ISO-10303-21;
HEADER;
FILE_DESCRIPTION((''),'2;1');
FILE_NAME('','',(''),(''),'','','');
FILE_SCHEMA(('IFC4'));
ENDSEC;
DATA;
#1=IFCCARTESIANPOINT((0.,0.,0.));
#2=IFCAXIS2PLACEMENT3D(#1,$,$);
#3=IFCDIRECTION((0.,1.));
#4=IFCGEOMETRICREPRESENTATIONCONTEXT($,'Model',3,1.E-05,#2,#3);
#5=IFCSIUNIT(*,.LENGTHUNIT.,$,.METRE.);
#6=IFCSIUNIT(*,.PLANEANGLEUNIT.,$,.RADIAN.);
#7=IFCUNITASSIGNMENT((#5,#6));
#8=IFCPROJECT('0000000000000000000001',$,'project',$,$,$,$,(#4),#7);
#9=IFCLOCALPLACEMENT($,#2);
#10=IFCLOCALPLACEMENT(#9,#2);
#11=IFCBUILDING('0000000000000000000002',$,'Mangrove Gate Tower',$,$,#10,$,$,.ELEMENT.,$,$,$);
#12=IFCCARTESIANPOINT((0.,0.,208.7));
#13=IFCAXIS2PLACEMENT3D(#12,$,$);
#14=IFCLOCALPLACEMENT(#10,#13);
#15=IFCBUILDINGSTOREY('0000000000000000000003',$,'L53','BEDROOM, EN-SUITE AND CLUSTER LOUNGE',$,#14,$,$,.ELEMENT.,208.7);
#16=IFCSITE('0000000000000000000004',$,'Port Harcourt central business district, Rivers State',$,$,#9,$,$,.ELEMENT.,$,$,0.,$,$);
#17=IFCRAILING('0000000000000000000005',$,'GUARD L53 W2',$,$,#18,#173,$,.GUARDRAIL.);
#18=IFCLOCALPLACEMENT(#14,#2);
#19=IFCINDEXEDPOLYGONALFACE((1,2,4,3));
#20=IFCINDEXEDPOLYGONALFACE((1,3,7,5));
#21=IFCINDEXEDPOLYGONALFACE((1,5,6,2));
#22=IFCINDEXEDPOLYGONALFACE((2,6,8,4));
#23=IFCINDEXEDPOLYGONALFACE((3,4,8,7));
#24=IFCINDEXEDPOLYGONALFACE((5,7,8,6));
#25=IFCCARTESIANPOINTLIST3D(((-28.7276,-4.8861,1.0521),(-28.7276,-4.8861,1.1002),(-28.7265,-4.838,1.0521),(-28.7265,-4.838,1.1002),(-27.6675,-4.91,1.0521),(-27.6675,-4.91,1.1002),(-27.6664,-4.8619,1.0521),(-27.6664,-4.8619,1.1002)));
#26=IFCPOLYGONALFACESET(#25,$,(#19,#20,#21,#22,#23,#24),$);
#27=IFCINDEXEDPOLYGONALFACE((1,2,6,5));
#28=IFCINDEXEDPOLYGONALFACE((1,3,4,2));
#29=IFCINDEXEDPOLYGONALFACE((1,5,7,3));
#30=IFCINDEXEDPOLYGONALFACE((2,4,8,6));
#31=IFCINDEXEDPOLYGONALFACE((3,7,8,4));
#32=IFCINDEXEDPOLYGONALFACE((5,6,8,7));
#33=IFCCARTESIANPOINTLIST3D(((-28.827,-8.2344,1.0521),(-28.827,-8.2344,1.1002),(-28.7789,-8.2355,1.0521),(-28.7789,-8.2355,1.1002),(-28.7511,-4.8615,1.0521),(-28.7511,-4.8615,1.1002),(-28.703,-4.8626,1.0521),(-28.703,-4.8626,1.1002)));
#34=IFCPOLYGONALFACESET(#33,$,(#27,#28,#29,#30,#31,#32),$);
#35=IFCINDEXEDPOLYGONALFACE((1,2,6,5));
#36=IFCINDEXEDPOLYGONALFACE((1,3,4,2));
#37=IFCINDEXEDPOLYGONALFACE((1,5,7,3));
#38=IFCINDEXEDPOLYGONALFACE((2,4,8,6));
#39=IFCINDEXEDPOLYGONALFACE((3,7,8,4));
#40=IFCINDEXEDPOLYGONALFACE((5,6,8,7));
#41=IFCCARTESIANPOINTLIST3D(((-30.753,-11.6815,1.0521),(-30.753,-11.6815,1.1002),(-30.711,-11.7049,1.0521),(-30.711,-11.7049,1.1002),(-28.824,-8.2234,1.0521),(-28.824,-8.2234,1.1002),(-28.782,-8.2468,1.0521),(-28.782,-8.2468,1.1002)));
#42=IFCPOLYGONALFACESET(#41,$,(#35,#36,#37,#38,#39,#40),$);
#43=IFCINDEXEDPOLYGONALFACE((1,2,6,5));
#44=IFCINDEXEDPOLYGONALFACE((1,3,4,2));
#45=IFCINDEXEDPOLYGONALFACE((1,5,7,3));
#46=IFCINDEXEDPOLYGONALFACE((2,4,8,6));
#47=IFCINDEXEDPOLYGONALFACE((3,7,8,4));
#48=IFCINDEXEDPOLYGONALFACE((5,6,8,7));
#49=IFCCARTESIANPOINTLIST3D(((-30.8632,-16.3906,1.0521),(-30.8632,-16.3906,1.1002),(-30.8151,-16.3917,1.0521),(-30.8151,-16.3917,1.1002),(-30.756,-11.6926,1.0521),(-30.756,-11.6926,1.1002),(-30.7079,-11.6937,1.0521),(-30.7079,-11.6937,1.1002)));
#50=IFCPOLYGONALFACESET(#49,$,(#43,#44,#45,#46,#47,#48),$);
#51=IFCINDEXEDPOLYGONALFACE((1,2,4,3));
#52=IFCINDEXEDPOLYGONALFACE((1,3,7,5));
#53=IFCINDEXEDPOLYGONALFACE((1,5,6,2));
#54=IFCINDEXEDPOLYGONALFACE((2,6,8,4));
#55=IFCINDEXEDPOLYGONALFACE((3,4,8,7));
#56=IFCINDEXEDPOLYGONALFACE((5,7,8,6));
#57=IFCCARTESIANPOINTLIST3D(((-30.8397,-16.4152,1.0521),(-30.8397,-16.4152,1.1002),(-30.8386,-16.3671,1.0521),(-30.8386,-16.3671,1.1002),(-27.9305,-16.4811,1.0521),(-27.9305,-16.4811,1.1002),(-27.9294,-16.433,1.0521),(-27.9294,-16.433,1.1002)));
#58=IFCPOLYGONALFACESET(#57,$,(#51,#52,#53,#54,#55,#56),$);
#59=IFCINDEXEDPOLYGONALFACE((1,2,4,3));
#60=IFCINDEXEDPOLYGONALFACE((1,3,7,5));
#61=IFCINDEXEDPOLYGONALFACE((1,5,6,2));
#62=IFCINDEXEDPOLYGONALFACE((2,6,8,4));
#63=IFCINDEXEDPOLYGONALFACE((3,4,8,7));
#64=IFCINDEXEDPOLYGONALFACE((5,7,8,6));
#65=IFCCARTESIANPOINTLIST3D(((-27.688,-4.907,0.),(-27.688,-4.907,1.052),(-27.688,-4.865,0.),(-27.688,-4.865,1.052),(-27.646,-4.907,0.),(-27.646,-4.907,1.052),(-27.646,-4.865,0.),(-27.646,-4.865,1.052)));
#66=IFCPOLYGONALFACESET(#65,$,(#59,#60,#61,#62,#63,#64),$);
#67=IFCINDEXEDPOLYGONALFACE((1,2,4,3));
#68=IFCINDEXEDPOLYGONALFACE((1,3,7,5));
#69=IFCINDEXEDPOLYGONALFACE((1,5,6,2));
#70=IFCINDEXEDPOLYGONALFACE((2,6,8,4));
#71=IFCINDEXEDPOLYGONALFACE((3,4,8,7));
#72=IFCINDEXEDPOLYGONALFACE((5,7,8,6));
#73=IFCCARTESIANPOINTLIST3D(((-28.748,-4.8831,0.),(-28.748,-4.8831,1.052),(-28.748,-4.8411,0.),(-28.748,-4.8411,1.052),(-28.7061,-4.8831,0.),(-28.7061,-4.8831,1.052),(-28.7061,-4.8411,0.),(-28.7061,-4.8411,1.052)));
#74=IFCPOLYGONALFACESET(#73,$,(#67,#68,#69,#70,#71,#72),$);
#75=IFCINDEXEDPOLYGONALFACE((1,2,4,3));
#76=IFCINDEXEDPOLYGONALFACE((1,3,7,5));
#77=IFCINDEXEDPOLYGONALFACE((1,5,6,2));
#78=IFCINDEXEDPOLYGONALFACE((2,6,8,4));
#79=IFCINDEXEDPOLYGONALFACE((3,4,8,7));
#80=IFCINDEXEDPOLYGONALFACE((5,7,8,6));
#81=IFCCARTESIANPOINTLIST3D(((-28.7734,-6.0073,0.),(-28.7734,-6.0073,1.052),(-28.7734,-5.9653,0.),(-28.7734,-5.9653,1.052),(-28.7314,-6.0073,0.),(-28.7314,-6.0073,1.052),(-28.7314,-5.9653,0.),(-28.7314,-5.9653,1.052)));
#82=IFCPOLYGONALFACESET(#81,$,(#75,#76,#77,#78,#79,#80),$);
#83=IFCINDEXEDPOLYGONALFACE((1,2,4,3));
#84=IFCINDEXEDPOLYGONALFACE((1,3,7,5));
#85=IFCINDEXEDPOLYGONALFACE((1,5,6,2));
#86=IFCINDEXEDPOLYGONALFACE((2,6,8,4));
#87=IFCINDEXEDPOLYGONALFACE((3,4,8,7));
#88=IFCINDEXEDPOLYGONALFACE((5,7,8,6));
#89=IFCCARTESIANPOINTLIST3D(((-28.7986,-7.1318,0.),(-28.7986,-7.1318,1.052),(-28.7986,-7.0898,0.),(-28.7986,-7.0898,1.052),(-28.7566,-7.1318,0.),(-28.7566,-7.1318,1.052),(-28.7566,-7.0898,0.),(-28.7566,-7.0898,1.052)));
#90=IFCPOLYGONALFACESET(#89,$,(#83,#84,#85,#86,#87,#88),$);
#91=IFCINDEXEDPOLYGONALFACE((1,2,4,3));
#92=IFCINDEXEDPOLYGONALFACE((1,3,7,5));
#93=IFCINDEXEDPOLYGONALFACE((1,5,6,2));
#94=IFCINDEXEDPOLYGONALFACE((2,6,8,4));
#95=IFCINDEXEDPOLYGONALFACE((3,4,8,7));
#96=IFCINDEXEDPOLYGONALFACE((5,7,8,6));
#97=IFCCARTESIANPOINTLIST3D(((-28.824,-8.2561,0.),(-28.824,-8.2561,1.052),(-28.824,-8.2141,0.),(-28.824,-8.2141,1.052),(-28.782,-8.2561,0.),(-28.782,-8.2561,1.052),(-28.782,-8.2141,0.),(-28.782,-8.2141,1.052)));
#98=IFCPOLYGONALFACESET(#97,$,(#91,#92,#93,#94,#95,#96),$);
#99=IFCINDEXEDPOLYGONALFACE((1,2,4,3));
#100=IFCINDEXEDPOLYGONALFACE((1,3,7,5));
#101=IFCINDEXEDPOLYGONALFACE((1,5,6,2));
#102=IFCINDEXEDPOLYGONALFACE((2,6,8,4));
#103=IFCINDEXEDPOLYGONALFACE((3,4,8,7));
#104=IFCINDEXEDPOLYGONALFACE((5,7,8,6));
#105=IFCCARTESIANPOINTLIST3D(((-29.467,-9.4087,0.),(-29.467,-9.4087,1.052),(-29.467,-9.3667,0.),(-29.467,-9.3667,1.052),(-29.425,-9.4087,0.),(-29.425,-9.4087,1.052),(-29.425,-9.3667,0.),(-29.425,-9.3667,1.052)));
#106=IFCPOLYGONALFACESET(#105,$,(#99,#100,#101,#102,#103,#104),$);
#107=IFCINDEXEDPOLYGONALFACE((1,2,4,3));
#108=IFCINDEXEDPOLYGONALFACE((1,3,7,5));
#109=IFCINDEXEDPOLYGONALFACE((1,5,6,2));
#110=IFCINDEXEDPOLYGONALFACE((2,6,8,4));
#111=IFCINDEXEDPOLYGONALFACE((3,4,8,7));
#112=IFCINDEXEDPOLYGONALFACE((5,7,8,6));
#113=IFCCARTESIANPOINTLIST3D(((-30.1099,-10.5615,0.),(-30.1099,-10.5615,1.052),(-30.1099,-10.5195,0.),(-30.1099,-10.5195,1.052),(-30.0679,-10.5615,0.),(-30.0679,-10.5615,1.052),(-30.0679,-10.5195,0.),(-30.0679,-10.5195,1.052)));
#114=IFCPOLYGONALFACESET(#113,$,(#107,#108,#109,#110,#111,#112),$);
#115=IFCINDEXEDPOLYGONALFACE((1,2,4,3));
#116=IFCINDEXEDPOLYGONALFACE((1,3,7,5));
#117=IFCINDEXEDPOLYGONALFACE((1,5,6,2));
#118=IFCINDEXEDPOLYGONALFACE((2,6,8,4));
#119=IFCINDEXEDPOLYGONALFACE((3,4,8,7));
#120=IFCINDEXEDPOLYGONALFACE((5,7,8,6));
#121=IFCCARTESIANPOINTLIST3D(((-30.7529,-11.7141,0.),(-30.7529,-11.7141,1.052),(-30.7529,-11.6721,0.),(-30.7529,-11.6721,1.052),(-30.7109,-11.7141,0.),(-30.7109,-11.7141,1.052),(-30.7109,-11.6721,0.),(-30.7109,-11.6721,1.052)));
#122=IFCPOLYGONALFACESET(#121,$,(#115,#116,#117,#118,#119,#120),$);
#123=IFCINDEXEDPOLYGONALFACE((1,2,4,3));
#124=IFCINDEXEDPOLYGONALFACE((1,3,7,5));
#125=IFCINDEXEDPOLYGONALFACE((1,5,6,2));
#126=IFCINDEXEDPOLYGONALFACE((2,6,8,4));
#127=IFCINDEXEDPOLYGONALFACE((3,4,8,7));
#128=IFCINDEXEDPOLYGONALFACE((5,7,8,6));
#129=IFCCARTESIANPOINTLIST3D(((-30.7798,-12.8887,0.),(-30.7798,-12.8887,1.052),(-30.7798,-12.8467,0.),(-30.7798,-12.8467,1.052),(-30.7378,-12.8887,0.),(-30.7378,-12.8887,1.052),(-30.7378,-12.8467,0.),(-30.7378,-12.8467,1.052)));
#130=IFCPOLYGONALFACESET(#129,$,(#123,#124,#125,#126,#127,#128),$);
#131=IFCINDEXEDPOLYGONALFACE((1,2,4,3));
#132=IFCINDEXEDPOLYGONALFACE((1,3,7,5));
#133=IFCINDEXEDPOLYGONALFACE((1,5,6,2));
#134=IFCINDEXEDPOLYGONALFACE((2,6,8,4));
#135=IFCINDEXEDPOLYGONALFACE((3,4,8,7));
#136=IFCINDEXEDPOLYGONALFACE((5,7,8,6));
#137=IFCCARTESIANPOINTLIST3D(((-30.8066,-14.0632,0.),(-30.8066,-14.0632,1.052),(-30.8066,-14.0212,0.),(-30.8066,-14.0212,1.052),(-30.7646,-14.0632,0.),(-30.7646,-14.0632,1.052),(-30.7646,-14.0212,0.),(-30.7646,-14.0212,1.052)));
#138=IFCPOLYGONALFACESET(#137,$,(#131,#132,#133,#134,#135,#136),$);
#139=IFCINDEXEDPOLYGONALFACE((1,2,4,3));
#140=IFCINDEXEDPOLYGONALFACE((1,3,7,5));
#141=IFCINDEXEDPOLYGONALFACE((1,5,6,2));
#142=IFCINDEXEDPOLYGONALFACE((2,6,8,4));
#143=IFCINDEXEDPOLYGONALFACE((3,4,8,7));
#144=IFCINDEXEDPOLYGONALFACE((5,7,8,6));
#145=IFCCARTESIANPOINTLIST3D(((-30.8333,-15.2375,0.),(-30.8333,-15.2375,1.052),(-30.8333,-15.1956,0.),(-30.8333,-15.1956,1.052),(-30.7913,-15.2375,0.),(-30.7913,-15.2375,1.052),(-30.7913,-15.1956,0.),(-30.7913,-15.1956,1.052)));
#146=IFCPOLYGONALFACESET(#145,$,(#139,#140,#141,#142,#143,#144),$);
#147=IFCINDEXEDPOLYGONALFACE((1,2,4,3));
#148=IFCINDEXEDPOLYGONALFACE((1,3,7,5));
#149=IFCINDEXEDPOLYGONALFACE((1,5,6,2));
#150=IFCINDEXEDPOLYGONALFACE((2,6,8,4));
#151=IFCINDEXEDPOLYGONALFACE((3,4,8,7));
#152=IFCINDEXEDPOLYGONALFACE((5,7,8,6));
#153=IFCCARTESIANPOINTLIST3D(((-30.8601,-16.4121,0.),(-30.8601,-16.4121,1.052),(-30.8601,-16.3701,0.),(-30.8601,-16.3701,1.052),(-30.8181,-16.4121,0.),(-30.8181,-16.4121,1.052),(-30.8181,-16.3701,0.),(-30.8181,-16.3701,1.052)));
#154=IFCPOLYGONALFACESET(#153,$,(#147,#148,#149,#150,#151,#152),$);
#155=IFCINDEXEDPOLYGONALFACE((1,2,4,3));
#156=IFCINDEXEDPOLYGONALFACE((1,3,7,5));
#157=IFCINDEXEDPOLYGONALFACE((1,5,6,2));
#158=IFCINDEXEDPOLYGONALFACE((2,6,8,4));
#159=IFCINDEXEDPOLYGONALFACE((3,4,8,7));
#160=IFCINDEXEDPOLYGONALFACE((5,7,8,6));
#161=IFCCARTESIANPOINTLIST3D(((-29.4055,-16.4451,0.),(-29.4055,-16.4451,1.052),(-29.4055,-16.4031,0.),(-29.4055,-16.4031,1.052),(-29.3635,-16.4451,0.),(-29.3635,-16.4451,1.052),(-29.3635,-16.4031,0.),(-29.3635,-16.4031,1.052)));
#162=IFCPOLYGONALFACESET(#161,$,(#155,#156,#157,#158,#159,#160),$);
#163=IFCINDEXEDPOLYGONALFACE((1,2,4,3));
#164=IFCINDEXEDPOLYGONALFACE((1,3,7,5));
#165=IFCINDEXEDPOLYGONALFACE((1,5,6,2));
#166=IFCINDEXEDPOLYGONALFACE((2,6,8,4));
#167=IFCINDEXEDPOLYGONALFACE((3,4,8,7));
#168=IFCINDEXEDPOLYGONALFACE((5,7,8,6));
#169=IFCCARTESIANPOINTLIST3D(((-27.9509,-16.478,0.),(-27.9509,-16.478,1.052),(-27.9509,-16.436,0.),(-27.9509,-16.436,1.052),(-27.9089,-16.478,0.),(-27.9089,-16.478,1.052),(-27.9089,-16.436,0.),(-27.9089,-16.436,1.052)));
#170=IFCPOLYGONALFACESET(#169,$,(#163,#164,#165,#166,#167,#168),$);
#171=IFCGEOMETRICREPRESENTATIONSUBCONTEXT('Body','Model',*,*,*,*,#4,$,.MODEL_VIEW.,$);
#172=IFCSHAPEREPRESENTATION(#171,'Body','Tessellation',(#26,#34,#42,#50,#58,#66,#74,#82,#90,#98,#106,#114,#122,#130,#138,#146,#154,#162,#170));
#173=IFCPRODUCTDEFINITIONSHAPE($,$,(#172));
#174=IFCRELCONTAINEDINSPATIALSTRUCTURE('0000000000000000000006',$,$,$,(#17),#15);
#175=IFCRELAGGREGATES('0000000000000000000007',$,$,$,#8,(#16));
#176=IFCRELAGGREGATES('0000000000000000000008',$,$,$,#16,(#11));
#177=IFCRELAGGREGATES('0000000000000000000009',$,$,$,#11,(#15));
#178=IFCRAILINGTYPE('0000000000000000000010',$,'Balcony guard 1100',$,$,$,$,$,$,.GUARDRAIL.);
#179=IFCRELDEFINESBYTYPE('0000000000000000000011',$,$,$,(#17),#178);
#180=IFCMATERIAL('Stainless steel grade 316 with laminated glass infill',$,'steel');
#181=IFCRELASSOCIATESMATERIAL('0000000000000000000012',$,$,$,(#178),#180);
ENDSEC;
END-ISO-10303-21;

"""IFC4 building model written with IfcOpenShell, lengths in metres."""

from ifc_helpers import new_model, si_unit, direction, frame, origin, origin_2d, place, context, subcontext, project, spatial, rectangle, extrude, material, type_object, element, save


model = new_model("IFC4")

# Units and contexts
model_context = context("Model", 3, precision=1e-05, world=origin(), true_north=direction((0.0, 1.0)))
body_context = subcontext(model_context, "Body", "Model", "MODEL_VIEW")
ifc_project = project(units=[si_unit("LENGTHUNIT", "METRE"), si_unit("PLANEANGLEUNIT", "RADIAN")], contexts=[model_context])

# Site, building, storey
site_placement = place(None, origin())
site = spatial("IfcSite", under=ifc_project, at=site_placement, Name="Port Harcourt central business district, Rivers State", CompositionType="ELEMENT", RefElevation=0.0)
building_placement = place(site_placement, origin())
building = spatial("IfcBuilding", under=site, at=building_placement, Name="Mangrove Gate Tower", CompositionType="ELEMENT")
storey_placement = place(building_placement, frame((0.0, 0.0, 208.7)))
storey = spatial("IfcBuildingStorey", under=building, at=storey_placement, Name="L53", Description="BEDROOM, EN-SUITE AND CLUSTER LOUNGE", CompositionType="ELEMENT", Elevation=208.7)

# Railing
ifc_material_1 = material(Name="Stainless steel grade 316 with laminated glass infill", Category="steel")
railing_type = type_object("IfcRailingType", Name="Balcony guard 1100", PredefinedType="GUARDRAIL", material=ifc_material_1)
railing_placement = place(storey_placement, frame((-27.667, -4.886, 0.0)))
element("IfcRailing", 1, at=railing_placement, inside=storey, type_object=railing_type, Name="GUARD L53 W2", PredefinedType="GUARDRAIL", context=body_context, shape_type="SweptSolid", body=[
    extrude(rectangle(XDim=0.0481, YDim=0.0481, at=origin_2d()), frame((0.0, 0.0, 1.0762), z_axis=(-0.999745, 0.022564, 0.0), x_axis=(-0.022564, -0.999745, 0.0)), (0.0, 0.0, 1.0), 1.0603),
    extrude(rectangle(XDim=0.0481, YDim=0.0481, at=origin_2d()), frame((-1.0601, 0.0239, 1.0762), z_axis=(-0.022504, -0.999747, 0.0), x_axis=(0.999747, -0.022504, 0.0)), (0.0, 0.0, 1.0), 3.3738),
    extrude(rectangle(XDim=0.0481, YDim=0.0481, at=origin_2d()), frame((-1.136, -3.3491, 1.0762), z_axis=(-0.487155, -0.873315, 0.0), x_axis=(0.873315, -0.487155, 0.0)), (0.0, 0.0, 1.0), 3.9597),
    extrude(rectangle(XDim=0.0481, YDim=0.0481, at=origin_2d()), frame((-3.0649, -6.8071, 1.0762), z_axis=(-0.022808, -0.99974, 0.0), x_axis=(0.99974, -0.022808, 0.0)), (0.0, 0.0, 1.0), 4.6992),
    extrude(rectangle(XDim=0.0481, YDim=0.0481, at=origin_2d()), frame((-3.1721, -11.5051, 1.0762), z_axis=(0.999743, -0.022653, 0.0), x_axis=(0.022653, 0.999743, 0.0)), (0.0, 0.0, 1.0), 2.9099),
    extrude(rectangle(XDim=0.042, YDim=0.042, at=origin_2d()), origin(), (0.0, 0.0, 1.0), 1.052),
    extrude(rectangle(XDim=0.042, YDim=0.042, at=origin_2d()), frame((-1.0601, 0.0239, 0.0)), (0.0, 0.0, 1.0), 1.052),
    extrude(rectangle(XDim=0.042, YDim=0.042, at=origin_2d()), frame((-1.0854, -1.1003, 0.0)), (0.0, 0.0, 1.0), 1.052),
    extrude(rectangle(XDim=0.042, YDim=0.042, at=origin_2d()), frame((-1.1106, -2.2249, 0.0)), (0.0, 0.0, 1.0), 1.052),
    extrude(rectangle(XDim=0.042, YDim=0.042, at=origin_2d()), frame((-1.136, -3.3491, 0.0)), (0.0, 0.0, 1.0), 1.052),
    extrude(rectangle(XDim=0.042, YDim=0.042, at=origin_2d()), frame((-1.7791, -4.5017, 0.0)), (0.0, 0.0, 1.0), 1.052),
    extrude(rectangle(XDim=0.042, YDim=0.042, at=origin_2d()), frame((-2.4219, -5.6545, 0.0)), (0.0, 0.0, 1.0), 1.052),
    extrude(rectangle(XDim=0.042, YDim=0.042, at=origin_2d()), frame((-3.0649, -6.8071, 0.0)), (0.0, 0.0, 1.0), 1.052),
    extrude(rectangle(XDim=0.042, YDim=0.042, at=origin_2d()), frame((-3.0918, -7.9817, 0.0)), (0.0, 0.0, 1.0), 1.052),
    extrude(rectangle(XDim=0.042, YDim=0.042, at=origin_2d()), frame((-3.1187, -9.1562, 0.0)), (0.0, 0.0, 1.0), 1.052),
    extrude(rectangle(XDim=0.042, YDim=0.042, at=origin_2d()), frame((-3.1453, -10.3306, 0.0)), (0.0, 0.0, 1.0), 1.052),
    extrude(rectangle(XDim=0.042, YDim=0.042, at=origin_2d()), frame((-3.1721, -11.5051, 0.0)), (0.0, 0.0, 1.0), 1.052),
    extrude(rectangle(XDim=0.042, YDim=0.042, at=origin_2d()), frame((-1.7175, -11.5381, 0.0)), (0.0, 0.0, 1.0), 1.052),
    extrude(rectangle(XDim=0.042, YDim=0.042, at=origin_2d()), frame((-0.2629, -11.571, 0.0)), (0.0, 0.0, 1.0), 1.052),
])

save(model, "model.ifc")
